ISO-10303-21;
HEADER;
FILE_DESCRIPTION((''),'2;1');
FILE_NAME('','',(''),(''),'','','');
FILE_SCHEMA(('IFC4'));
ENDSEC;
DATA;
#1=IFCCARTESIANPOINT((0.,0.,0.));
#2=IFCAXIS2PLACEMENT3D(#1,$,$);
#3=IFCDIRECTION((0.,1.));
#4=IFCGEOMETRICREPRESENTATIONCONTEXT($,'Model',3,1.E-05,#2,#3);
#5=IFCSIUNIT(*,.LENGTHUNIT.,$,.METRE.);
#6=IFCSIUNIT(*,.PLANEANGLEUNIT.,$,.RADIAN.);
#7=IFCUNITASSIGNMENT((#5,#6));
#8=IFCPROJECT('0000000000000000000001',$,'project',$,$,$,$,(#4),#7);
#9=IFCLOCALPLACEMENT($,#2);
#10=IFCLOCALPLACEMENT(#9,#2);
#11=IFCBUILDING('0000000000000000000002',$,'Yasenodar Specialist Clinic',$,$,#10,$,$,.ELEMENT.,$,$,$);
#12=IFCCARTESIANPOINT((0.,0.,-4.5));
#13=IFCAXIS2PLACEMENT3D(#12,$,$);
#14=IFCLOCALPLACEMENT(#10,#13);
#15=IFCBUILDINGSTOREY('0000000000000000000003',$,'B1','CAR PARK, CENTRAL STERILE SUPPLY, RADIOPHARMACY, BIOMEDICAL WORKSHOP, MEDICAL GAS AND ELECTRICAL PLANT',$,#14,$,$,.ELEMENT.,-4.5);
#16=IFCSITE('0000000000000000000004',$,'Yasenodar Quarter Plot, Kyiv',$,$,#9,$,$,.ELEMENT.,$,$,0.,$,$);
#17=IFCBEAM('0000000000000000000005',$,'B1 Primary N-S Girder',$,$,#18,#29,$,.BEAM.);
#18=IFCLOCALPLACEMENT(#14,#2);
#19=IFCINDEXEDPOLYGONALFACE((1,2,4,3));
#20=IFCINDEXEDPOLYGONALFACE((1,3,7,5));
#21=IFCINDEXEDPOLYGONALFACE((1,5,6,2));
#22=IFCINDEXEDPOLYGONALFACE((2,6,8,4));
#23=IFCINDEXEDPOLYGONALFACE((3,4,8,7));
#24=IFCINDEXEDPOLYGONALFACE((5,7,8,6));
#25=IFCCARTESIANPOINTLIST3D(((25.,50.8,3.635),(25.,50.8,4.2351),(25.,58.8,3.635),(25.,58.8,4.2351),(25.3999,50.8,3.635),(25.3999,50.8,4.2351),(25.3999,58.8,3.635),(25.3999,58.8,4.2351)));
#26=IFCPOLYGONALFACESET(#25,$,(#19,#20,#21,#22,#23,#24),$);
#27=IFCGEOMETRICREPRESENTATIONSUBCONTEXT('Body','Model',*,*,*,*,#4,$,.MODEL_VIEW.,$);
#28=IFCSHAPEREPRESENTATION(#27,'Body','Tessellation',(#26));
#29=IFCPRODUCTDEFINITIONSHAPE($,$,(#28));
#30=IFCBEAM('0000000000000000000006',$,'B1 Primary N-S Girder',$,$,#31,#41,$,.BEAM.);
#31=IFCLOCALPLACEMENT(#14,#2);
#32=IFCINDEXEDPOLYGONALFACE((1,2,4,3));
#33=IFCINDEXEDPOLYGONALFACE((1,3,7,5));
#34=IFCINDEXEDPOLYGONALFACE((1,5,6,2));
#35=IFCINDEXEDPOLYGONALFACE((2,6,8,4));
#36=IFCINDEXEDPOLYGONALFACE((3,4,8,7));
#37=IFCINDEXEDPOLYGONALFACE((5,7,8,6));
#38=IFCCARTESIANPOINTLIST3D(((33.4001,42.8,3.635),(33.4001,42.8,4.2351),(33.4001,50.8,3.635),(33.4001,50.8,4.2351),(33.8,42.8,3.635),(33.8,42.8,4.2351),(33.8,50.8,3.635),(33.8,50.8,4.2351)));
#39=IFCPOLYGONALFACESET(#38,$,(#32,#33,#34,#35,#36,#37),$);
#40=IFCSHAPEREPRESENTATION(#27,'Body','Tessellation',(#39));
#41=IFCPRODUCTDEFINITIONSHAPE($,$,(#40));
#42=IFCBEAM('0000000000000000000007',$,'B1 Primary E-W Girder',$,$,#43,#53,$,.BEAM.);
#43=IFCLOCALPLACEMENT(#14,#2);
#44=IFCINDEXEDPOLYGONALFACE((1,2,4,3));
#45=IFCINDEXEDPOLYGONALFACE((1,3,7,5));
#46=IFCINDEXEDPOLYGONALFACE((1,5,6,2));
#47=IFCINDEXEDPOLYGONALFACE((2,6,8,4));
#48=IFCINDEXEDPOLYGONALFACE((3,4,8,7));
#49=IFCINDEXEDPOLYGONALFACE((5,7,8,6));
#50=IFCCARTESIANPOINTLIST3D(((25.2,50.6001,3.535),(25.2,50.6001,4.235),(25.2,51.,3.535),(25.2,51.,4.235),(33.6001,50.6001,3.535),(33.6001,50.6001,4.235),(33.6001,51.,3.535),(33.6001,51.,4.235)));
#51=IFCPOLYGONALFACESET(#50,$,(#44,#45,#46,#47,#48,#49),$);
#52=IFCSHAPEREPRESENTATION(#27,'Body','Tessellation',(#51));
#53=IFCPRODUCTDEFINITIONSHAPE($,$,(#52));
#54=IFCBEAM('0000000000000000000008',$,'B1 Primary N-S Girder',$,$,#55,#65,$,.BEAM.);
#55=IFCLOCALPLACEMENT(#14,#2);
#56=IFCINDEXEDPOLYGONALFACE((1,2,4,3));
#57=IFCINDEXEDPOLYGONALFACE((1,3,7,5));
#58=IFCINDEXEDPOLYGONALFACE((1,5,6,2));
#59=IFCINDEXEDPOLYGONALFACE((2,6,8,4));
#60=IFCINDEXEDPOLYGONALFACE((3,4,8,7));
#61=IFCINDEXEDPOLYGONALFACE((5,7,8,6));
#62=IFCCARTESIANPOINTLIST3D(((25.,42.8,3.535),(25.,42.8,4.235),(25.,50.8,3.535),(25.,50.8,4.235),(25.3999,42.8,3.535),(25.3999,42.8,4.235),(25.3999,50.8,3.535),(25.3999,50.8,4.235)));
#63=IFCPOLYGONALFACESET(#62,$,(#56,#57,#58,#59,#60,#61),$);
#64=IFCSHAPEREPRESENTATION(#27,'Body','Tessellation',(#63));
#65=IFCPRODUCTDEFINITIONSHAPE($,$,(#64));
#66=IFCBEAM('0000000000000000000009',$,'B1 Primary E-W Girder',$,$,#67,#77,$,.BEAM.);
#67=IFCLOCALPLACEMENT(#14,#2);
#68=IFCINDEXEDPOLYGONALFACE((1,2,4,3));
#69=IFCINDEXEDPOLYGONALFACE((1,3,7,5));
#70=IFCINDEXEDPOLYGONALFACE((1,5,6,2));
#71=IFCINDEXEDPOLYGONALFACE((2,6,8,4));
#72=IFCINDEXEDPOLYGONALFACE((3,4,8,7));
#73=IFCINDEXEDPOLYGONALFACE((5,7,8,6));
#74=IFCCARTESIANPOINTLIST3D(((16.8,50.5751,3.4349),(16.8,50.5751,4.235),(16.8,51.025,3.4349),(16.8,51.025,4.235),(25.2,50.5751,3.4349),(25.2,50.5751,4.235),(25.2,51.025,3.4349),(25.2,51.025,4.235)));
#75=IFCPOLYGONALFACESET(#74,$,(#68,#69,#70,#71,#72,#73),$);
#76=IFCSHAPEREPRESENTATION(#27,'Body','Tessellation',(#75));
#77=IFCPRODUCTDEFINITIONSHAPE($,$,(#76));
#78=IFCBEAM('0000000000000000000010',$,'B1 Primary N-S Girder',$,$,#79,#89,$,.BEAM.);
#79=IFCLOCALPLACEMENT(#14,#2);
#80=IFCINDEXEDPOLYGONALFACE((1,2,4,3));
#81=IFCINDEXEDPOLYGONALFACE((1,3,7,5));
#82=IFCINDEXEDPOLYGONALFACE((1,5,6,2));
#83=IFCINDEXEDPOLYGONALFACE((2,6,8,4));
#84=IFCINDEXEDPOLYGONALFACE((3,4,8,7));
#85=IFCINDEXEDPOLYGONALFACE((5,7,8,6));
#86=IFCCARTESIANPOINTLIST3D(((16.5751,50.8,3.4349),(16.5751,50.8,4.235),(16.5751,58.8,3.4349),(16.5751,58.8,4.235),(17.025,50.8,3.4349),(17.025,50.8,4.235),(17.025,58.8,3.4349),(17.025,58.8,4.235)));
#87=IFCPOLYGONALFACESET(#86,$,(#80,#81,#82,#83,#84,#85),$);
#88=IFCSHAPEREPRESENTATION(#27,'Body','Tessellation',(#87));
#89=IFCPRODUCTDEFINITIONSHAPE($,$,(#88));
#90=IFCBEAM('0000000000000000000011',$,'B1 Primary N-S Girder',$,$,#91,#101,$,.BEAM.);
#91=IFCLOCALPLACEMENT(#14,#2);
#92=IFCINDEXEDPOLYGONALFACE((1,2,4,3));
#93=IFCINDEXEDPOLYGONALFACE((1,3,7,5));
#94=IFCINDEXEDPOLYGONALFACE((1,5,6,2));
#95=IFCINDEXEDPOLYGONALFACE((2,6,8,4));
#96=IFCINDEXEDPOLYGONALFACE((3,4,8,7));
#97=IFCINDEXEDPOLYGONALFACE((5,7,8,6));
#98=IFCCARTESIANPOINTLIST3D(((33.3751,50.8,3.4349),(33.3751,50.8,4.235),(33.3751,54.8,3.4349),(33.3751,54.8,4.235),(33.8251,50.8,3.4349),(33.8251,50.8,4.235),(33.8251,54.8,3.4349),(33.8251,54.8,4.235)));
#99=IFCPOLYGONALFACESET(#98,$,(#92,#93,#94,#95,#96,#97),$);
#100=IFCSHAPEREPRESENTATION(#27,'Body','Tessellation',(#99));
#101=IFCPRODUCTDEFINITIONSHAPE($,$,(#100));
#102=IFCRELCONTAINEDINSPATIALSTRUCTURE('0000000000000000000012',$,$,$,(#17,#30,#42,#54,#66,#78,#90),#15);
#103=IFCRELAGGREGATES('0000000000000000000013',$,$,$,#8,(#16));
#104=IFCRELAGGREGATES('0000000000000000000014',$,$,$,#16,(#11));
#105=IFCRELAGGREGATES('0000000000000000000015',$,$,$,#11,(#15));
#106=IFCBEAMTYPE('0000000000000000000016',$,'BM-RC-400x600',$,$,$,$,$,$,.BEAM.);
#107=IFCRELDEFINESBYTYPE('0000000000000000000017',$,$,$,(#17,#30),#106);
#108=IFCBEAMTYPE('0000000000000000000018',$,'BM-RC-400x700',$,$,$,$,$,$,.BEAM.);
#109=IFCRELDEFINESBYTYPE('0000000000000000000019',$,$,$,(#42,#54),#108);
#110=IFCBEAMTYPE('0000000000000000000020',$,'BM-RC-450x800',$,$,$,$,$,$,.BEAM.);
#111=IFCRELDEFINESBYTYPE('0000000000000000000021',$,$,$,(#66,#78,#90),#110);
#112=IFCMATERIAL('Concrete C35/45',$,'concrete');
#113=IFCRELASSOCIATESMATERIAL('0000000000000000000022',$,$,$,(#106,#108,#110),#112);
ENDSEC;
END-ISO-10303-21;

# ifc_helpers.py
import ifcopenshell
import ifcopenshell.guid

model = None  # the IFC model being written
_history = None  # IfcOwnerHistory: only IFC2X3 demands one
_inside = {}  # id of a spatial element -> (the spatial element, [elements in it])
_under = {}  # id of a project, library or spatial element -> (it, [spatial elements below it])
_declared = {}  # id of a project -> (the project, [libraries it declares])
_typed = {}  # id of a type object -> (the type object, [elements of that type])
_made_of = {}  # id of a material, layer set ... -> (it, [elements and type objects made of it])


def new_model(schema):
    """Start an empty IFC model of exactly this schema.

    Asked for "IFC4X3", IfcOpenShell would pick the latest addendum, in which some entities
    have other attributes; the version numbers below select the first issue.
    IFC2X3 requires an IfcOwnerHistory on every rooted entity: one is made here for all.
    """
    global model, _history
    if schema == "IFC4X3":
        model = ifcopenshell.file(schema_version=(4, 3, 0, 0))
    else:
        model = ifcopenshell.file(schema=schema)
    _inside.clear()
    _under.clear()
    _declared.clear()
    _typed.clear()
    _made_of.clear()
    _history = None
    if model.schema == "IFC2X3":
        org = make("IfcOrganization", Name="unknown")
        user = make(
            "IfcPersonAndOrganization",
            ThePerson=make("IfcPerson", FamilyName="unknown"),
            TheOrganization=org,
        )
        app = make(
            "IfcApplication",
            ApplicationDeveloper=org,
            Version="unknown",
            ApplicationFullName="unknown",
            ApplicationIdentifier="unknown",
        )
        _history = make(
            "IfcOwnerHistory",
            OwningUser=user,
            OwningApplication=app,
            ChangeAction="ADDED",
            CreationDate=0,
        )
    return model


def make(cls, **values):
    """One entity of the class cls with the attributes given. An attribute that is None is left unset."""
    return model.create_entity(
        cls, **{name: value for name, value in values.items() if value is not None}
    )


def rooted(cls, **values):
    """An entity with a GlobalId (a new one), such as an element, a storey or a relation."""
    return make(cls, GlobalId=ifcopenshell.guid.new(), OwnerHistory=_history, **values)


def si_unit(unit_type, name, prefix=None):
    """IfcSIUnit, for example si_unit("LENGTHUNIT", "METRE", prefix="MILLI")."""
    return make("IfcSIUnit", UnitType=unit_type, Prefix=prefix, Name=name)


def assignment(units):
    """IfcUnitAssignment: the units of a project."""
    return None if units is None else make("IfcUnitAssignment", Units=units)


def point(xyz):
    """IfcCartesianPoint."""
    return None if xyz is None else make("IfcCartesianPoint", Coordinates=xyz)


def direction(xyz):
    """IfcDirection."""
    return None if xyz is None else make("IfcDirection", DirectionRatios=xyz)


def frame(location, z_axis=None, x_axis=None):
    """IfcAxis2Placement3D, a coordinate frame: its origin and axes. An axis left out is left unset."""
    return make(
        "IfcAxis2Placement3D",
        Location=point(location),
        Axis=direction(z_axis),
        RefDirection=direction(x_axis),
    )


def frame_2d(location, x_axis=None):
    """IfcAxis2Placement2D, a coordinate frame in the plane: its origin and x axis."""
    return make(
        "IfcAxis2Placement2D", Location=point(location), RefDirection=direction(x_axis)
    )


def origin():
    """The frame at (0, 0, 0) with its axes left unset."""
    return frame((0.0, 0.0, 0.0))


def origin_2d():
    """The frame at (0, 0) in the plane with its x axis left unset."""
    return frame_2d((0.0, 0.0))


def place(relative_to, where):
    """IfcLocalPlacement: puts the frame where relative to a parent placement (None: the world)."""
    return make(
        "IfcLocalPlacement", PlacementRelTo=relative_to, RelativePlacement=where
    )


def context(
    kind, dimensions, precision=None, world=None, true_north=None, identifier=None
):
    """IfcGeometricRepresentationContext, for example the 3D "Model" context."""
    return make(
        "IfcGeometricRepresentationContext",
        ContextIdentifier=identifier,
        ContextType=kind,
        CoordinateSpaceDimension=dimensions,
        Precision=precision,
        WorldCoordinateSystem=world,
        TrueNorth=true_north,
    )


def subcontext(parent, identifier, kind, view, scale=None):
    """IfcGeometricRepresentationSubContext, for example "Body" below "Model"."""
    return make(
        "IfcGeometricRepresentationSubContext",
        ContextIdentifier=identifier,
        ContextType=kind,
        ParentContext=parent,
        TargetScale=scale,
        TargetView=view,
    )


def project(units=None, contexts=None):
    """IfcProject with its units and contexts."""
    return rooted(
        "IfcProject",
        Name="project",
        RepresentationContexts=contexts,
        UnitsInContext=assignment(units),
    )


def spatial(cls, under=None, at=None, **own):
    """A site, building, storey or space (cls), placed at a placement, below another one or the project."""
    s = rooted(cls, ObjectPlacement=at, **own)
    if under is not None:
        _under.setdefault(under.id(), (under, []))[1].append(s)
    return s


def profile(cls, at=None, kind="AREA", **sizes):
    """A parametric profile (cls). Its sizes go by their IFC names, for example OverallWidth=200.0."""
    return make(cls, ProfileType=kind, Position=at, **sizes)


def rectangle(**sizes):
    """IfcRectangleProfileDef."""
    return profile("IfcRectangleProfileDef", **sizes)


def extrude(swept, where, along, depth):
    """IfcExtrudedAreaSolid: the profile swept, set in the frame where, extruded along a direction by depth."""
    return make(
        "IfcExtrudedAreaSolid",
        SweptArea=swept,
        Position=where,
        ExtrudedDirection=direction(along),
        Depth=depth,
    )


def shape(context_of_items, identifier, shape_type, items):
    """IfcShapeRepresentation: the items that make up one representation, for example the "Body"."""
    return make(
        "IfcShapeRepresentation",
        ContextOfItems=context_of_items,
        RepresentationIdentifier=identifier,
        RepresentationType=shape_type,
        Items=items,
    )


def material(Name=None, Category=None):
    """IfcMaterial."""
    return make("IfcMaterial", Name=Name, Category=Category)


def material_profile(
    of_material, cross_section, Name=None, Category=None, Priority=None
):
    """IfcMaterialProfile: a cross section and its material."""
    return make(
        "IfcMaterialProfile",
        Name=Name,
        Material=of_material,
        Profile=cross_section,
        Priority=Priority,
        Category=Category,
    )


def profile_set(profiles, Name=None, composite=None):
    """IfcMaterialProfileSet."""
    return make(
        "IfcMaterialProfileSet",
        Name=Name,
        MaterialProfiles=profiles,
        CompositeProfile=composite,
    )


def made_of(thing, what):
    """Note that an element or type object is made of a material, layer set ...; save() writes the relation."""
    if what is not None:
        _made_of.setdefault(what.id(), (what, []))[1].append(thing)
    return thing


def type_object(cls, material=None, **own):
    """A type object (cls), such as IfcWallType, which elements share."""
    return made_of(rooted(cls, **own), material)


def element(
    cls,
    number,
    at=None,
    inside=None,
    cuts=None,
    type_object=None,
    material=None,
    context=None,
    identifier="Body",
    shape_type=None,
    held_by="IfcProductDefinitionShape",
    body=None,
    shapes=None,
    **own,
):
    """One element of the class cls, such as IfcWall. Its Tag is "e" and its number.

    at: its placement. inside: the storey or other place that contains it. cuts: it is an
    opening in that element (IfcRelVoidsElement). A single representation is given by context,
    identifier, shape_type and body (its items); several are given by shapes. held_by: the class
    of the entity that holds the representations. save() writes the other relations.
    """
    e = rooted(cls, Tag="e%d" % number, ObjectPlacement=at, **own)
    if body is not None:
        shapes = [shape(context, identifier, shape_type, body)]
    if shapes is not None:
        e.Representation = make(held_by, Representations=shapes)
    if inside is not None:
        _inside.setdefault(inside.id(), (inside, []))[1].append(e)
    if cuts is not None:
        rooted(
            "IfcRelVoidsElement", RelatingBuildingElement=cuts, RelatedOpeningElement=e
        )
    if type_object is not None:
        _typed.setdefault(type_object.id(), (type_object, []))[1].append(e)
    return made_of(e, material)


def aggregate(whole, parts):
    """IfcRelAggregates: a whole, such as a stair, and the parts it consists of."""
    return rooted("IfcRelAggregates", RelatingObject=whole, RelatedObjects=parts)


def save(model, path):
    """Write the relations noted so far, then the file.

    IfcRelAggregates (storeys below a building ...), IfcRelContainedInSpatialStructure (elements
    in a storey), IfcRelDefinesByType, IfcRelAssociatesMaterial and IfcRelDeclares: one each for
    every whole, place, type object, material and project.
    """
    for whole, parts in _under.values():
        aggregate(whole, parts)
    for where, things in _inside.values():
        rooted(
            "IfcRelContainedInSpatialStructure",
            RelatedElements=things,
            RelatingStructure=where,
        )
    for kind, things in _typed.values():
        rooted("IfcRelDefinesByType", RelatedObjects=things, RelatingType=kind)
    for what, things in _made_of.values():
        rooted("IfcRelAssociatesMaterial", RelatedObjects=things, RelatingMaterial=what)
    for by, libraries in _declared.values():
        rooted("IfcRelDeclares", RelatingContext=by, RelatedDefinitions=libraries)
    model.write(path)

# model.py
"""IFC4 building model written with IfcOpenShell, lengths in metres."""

from ifc_helpers import new_model, si_unit, direction, frame, origin, origin_2d, place, context, subcontext, project, spatial, rectangle, extrude, material, material_profile, profile_set, type_object, element, save


model = new_model("IFC4")

# Units and contexts
model_context = context("Model", 3, precision=1e-05, world=origin(), true_north=direction((0.0, 1.0)))
body_context = subcontext(model_context, "Body", "Model", "MODEL_VIEW")
ifc_project = project(units=[si_unit("LENGTHUNIT", "METRE"), si_unit("PLANEANGLEUNIT", "RADIAN")], contexts=[model_context])

# Site, building, storey
site_placement = place(None, origin())
site = spatial("IfcSite", under=ifc_project, at=site_placement, Name="Yasenodar Quarter Plot, Kyiv", CompositionType="ELEMENT", RefElevation=0.0)
building_placement = place(site_placement, origin())
building = spatial("IfcBuilding", under=site, at=building_placement, Name="Yasenodar Specialist Clinic", CompositionType="ELEMENT")
storey_placement = place(building_placement, frame((0.0, 0.0, -4.5)))
storey = spatial("IfcBuildingStorey", under=building, at=storey_placement, Name="B1", Description="CAR PARK, CENTRAL STERILE SUPPLY, RADIOPHARMACY, BIOMEDICAL WORKSHOP, MEDICAL GAS AND ELECTRICAL PLANT", CompositionType="ELEMENT", Elevation=-4.5)

# Shared definitions
ifc_material_1 = material(Name="Concrete C35/45", Category="concrete")

# Beams
ifc_material_profile_1 = material_profile(ifc_material_1, rectangle(XDim=0.3999, YDim=0.6001, at=origin_2d()), Name="RC 400x600")
ifc_profile_set_1 = profile_set([ifc_material_profile_1], Name="Concrete C35/45")
beam_type_1 = type_object("IfcBeamType", Name="BM-RC-400x600", PredefinedType="BEAM", material=ifc_profile_set_1)
for number, where, z_axis, x_axis, name in (
    (1, (25.2, 50.8, 3.9351), (0.0, 1.0, 0.0), (-1.0, 0.0, 0.0), "B1 Primary N-S Girder"),
    (2, (33.6001, 42.8, 3.9351), (0.0, 1.0, 0.0), (-1.0, 0.0, 0.0), "B1 Primary N-S Girder"),
):
    element("IfcBeam", number, at=place(storey_placement, frame(where, z_axis=z_axis, x_axis=x_axis)), inside=storey, type_object=beam_type_1, Name=name, PredefinedType="BEAM", context=body_context, shape_type="SweptSolid", body=[
        extrude(rectangle(XDim=0.3999, YDim=0.6001, at=origin_2d()), origin(), (0.0, 0.0, 1.0), 8.0),
    ])
ifc_material_profile_2 = material_profile(ifc_material_1, rectangle(XDim=0.3999, YDim=0.7, at=origin_2d()), Name="RC 400x700")
ifc_profile_set_2 = profile_set([ifc_material_profile_2], Name="Concrete C35/45")
beam_type_2 = type_object("IfcBeamType", Name="BM-RC-400x700", PredefinedType="BEAM", material=ifc_profile_set_2)
beam_1_placement = place(storey_placement, frame((25.2, 50.8, 3.885), z_axis=(1.0, 0.0, 0.0), x_axis=(0.0, 1.0, 0.0)))
element("IfcBeam", 3, at=beam_1_placement, inside=storey, type_object=beam_type_2, Name="B1 Primary E-W Girder", PredefinedType="BEAM", context=body_context, shape_type="SweptSolid", body=[
    extrude(rectangle(XDim=0.3999, YDim=0.7, at=origin_2d()), origin(), (0.0, 0.0, 1.0), 8.4001),
])
beam_2_placement = place(storey_placement, frame((25.2, 42.8, 3.885), z_axis=(0.0, 1.0, 0.0), x_axis=(-1.0, 0.0, 0.0)))
element("IfcBeam", 4, at=beam_2_placement, inside=storey, type_object=beam_type_2, Name="B1 Primary N-S Girder", PredefinedType="BEAM", context=body_context, shape_type="SweptSolid", body=[
    extrude(rectangle(XDim=0.3999, YDim=0.7, at=origin_2d()), origin(), (0.0, 0.0, 1.0), 8.0),
])
ifc_material_profile_3 = material_profile(ifc_material_1, rectangle(XDim=0.45, YDim=0.8, at=origin_2d()), Name="RC 450x800")
ifc_profile_set_3 = profile_set([ifc_material_profile_3], Name="Concrete C35/45")
beam_type_3 = type_object("IfcBeamType", Name="BM-RC-450x800", PredefinedType="BEAM", material=ifc_profile_set_3)
beam_3_placement = place(storey_placement, frame((16.8, 50.8, 3.835), z_axis=(1.0, 0.0, 0.0), x_axis=(0.0, 1.0, 0.0)))
element("IfcBeam", 5, at=beam_3_placement, inside=storey, type_object=beam_type_3, Name="B1 Primary E-W Girder", PredefinedType="BEAM", context=body_context, shape_type="SweptSolid", body=[
    extrude(rectangle(XDim=0.45, YDim=0.8, at=origin_2d()), origin(), (0.0, 0.0, 1.0), 8.3999),
])
beam_4_placement = place(storey_placement, frame((16.8, 50.8, 3.835), z_axis=(0.0, 1.0, 0.0), x_axis=(-1.0, 0.0, 0.0)))
element("IfcBeam", 6, at=beam_4_placement, inside=storey, type_object=beam_type_3, Name="B1 Primary N-S Girder", PredefinedType="BEAM", context=body_context, shape_type="SweptSolid", body=[
    extrude(rectangle(XDim=0.45, YDim=0.8, at=origin_2d()), origin(), (0.0, 0.0, 1.0), 8.0),
])
beam_5_placement = place(storey_placement, frame((33.6001, 50.8, 3.835), z_axis=(0.0, 1.0, 0.0), x_axis=(-1.0, 0.0, 0.0)))
element("IfcBeam", 7, at=beam_5_placement, inside=storey, type_object=beam_type_3, Name="B1 Primary N-S Girder", PredefinedType="BEAM", context=body_context, shape_type="SweptSolid", body=[
    extrude(rectangle(XDim=0.45, YDim=0.8, at=origin_2d()), origin(), (0.0, 0.0, 1.0), 4.0),
])

save(model, "model.ifc")
